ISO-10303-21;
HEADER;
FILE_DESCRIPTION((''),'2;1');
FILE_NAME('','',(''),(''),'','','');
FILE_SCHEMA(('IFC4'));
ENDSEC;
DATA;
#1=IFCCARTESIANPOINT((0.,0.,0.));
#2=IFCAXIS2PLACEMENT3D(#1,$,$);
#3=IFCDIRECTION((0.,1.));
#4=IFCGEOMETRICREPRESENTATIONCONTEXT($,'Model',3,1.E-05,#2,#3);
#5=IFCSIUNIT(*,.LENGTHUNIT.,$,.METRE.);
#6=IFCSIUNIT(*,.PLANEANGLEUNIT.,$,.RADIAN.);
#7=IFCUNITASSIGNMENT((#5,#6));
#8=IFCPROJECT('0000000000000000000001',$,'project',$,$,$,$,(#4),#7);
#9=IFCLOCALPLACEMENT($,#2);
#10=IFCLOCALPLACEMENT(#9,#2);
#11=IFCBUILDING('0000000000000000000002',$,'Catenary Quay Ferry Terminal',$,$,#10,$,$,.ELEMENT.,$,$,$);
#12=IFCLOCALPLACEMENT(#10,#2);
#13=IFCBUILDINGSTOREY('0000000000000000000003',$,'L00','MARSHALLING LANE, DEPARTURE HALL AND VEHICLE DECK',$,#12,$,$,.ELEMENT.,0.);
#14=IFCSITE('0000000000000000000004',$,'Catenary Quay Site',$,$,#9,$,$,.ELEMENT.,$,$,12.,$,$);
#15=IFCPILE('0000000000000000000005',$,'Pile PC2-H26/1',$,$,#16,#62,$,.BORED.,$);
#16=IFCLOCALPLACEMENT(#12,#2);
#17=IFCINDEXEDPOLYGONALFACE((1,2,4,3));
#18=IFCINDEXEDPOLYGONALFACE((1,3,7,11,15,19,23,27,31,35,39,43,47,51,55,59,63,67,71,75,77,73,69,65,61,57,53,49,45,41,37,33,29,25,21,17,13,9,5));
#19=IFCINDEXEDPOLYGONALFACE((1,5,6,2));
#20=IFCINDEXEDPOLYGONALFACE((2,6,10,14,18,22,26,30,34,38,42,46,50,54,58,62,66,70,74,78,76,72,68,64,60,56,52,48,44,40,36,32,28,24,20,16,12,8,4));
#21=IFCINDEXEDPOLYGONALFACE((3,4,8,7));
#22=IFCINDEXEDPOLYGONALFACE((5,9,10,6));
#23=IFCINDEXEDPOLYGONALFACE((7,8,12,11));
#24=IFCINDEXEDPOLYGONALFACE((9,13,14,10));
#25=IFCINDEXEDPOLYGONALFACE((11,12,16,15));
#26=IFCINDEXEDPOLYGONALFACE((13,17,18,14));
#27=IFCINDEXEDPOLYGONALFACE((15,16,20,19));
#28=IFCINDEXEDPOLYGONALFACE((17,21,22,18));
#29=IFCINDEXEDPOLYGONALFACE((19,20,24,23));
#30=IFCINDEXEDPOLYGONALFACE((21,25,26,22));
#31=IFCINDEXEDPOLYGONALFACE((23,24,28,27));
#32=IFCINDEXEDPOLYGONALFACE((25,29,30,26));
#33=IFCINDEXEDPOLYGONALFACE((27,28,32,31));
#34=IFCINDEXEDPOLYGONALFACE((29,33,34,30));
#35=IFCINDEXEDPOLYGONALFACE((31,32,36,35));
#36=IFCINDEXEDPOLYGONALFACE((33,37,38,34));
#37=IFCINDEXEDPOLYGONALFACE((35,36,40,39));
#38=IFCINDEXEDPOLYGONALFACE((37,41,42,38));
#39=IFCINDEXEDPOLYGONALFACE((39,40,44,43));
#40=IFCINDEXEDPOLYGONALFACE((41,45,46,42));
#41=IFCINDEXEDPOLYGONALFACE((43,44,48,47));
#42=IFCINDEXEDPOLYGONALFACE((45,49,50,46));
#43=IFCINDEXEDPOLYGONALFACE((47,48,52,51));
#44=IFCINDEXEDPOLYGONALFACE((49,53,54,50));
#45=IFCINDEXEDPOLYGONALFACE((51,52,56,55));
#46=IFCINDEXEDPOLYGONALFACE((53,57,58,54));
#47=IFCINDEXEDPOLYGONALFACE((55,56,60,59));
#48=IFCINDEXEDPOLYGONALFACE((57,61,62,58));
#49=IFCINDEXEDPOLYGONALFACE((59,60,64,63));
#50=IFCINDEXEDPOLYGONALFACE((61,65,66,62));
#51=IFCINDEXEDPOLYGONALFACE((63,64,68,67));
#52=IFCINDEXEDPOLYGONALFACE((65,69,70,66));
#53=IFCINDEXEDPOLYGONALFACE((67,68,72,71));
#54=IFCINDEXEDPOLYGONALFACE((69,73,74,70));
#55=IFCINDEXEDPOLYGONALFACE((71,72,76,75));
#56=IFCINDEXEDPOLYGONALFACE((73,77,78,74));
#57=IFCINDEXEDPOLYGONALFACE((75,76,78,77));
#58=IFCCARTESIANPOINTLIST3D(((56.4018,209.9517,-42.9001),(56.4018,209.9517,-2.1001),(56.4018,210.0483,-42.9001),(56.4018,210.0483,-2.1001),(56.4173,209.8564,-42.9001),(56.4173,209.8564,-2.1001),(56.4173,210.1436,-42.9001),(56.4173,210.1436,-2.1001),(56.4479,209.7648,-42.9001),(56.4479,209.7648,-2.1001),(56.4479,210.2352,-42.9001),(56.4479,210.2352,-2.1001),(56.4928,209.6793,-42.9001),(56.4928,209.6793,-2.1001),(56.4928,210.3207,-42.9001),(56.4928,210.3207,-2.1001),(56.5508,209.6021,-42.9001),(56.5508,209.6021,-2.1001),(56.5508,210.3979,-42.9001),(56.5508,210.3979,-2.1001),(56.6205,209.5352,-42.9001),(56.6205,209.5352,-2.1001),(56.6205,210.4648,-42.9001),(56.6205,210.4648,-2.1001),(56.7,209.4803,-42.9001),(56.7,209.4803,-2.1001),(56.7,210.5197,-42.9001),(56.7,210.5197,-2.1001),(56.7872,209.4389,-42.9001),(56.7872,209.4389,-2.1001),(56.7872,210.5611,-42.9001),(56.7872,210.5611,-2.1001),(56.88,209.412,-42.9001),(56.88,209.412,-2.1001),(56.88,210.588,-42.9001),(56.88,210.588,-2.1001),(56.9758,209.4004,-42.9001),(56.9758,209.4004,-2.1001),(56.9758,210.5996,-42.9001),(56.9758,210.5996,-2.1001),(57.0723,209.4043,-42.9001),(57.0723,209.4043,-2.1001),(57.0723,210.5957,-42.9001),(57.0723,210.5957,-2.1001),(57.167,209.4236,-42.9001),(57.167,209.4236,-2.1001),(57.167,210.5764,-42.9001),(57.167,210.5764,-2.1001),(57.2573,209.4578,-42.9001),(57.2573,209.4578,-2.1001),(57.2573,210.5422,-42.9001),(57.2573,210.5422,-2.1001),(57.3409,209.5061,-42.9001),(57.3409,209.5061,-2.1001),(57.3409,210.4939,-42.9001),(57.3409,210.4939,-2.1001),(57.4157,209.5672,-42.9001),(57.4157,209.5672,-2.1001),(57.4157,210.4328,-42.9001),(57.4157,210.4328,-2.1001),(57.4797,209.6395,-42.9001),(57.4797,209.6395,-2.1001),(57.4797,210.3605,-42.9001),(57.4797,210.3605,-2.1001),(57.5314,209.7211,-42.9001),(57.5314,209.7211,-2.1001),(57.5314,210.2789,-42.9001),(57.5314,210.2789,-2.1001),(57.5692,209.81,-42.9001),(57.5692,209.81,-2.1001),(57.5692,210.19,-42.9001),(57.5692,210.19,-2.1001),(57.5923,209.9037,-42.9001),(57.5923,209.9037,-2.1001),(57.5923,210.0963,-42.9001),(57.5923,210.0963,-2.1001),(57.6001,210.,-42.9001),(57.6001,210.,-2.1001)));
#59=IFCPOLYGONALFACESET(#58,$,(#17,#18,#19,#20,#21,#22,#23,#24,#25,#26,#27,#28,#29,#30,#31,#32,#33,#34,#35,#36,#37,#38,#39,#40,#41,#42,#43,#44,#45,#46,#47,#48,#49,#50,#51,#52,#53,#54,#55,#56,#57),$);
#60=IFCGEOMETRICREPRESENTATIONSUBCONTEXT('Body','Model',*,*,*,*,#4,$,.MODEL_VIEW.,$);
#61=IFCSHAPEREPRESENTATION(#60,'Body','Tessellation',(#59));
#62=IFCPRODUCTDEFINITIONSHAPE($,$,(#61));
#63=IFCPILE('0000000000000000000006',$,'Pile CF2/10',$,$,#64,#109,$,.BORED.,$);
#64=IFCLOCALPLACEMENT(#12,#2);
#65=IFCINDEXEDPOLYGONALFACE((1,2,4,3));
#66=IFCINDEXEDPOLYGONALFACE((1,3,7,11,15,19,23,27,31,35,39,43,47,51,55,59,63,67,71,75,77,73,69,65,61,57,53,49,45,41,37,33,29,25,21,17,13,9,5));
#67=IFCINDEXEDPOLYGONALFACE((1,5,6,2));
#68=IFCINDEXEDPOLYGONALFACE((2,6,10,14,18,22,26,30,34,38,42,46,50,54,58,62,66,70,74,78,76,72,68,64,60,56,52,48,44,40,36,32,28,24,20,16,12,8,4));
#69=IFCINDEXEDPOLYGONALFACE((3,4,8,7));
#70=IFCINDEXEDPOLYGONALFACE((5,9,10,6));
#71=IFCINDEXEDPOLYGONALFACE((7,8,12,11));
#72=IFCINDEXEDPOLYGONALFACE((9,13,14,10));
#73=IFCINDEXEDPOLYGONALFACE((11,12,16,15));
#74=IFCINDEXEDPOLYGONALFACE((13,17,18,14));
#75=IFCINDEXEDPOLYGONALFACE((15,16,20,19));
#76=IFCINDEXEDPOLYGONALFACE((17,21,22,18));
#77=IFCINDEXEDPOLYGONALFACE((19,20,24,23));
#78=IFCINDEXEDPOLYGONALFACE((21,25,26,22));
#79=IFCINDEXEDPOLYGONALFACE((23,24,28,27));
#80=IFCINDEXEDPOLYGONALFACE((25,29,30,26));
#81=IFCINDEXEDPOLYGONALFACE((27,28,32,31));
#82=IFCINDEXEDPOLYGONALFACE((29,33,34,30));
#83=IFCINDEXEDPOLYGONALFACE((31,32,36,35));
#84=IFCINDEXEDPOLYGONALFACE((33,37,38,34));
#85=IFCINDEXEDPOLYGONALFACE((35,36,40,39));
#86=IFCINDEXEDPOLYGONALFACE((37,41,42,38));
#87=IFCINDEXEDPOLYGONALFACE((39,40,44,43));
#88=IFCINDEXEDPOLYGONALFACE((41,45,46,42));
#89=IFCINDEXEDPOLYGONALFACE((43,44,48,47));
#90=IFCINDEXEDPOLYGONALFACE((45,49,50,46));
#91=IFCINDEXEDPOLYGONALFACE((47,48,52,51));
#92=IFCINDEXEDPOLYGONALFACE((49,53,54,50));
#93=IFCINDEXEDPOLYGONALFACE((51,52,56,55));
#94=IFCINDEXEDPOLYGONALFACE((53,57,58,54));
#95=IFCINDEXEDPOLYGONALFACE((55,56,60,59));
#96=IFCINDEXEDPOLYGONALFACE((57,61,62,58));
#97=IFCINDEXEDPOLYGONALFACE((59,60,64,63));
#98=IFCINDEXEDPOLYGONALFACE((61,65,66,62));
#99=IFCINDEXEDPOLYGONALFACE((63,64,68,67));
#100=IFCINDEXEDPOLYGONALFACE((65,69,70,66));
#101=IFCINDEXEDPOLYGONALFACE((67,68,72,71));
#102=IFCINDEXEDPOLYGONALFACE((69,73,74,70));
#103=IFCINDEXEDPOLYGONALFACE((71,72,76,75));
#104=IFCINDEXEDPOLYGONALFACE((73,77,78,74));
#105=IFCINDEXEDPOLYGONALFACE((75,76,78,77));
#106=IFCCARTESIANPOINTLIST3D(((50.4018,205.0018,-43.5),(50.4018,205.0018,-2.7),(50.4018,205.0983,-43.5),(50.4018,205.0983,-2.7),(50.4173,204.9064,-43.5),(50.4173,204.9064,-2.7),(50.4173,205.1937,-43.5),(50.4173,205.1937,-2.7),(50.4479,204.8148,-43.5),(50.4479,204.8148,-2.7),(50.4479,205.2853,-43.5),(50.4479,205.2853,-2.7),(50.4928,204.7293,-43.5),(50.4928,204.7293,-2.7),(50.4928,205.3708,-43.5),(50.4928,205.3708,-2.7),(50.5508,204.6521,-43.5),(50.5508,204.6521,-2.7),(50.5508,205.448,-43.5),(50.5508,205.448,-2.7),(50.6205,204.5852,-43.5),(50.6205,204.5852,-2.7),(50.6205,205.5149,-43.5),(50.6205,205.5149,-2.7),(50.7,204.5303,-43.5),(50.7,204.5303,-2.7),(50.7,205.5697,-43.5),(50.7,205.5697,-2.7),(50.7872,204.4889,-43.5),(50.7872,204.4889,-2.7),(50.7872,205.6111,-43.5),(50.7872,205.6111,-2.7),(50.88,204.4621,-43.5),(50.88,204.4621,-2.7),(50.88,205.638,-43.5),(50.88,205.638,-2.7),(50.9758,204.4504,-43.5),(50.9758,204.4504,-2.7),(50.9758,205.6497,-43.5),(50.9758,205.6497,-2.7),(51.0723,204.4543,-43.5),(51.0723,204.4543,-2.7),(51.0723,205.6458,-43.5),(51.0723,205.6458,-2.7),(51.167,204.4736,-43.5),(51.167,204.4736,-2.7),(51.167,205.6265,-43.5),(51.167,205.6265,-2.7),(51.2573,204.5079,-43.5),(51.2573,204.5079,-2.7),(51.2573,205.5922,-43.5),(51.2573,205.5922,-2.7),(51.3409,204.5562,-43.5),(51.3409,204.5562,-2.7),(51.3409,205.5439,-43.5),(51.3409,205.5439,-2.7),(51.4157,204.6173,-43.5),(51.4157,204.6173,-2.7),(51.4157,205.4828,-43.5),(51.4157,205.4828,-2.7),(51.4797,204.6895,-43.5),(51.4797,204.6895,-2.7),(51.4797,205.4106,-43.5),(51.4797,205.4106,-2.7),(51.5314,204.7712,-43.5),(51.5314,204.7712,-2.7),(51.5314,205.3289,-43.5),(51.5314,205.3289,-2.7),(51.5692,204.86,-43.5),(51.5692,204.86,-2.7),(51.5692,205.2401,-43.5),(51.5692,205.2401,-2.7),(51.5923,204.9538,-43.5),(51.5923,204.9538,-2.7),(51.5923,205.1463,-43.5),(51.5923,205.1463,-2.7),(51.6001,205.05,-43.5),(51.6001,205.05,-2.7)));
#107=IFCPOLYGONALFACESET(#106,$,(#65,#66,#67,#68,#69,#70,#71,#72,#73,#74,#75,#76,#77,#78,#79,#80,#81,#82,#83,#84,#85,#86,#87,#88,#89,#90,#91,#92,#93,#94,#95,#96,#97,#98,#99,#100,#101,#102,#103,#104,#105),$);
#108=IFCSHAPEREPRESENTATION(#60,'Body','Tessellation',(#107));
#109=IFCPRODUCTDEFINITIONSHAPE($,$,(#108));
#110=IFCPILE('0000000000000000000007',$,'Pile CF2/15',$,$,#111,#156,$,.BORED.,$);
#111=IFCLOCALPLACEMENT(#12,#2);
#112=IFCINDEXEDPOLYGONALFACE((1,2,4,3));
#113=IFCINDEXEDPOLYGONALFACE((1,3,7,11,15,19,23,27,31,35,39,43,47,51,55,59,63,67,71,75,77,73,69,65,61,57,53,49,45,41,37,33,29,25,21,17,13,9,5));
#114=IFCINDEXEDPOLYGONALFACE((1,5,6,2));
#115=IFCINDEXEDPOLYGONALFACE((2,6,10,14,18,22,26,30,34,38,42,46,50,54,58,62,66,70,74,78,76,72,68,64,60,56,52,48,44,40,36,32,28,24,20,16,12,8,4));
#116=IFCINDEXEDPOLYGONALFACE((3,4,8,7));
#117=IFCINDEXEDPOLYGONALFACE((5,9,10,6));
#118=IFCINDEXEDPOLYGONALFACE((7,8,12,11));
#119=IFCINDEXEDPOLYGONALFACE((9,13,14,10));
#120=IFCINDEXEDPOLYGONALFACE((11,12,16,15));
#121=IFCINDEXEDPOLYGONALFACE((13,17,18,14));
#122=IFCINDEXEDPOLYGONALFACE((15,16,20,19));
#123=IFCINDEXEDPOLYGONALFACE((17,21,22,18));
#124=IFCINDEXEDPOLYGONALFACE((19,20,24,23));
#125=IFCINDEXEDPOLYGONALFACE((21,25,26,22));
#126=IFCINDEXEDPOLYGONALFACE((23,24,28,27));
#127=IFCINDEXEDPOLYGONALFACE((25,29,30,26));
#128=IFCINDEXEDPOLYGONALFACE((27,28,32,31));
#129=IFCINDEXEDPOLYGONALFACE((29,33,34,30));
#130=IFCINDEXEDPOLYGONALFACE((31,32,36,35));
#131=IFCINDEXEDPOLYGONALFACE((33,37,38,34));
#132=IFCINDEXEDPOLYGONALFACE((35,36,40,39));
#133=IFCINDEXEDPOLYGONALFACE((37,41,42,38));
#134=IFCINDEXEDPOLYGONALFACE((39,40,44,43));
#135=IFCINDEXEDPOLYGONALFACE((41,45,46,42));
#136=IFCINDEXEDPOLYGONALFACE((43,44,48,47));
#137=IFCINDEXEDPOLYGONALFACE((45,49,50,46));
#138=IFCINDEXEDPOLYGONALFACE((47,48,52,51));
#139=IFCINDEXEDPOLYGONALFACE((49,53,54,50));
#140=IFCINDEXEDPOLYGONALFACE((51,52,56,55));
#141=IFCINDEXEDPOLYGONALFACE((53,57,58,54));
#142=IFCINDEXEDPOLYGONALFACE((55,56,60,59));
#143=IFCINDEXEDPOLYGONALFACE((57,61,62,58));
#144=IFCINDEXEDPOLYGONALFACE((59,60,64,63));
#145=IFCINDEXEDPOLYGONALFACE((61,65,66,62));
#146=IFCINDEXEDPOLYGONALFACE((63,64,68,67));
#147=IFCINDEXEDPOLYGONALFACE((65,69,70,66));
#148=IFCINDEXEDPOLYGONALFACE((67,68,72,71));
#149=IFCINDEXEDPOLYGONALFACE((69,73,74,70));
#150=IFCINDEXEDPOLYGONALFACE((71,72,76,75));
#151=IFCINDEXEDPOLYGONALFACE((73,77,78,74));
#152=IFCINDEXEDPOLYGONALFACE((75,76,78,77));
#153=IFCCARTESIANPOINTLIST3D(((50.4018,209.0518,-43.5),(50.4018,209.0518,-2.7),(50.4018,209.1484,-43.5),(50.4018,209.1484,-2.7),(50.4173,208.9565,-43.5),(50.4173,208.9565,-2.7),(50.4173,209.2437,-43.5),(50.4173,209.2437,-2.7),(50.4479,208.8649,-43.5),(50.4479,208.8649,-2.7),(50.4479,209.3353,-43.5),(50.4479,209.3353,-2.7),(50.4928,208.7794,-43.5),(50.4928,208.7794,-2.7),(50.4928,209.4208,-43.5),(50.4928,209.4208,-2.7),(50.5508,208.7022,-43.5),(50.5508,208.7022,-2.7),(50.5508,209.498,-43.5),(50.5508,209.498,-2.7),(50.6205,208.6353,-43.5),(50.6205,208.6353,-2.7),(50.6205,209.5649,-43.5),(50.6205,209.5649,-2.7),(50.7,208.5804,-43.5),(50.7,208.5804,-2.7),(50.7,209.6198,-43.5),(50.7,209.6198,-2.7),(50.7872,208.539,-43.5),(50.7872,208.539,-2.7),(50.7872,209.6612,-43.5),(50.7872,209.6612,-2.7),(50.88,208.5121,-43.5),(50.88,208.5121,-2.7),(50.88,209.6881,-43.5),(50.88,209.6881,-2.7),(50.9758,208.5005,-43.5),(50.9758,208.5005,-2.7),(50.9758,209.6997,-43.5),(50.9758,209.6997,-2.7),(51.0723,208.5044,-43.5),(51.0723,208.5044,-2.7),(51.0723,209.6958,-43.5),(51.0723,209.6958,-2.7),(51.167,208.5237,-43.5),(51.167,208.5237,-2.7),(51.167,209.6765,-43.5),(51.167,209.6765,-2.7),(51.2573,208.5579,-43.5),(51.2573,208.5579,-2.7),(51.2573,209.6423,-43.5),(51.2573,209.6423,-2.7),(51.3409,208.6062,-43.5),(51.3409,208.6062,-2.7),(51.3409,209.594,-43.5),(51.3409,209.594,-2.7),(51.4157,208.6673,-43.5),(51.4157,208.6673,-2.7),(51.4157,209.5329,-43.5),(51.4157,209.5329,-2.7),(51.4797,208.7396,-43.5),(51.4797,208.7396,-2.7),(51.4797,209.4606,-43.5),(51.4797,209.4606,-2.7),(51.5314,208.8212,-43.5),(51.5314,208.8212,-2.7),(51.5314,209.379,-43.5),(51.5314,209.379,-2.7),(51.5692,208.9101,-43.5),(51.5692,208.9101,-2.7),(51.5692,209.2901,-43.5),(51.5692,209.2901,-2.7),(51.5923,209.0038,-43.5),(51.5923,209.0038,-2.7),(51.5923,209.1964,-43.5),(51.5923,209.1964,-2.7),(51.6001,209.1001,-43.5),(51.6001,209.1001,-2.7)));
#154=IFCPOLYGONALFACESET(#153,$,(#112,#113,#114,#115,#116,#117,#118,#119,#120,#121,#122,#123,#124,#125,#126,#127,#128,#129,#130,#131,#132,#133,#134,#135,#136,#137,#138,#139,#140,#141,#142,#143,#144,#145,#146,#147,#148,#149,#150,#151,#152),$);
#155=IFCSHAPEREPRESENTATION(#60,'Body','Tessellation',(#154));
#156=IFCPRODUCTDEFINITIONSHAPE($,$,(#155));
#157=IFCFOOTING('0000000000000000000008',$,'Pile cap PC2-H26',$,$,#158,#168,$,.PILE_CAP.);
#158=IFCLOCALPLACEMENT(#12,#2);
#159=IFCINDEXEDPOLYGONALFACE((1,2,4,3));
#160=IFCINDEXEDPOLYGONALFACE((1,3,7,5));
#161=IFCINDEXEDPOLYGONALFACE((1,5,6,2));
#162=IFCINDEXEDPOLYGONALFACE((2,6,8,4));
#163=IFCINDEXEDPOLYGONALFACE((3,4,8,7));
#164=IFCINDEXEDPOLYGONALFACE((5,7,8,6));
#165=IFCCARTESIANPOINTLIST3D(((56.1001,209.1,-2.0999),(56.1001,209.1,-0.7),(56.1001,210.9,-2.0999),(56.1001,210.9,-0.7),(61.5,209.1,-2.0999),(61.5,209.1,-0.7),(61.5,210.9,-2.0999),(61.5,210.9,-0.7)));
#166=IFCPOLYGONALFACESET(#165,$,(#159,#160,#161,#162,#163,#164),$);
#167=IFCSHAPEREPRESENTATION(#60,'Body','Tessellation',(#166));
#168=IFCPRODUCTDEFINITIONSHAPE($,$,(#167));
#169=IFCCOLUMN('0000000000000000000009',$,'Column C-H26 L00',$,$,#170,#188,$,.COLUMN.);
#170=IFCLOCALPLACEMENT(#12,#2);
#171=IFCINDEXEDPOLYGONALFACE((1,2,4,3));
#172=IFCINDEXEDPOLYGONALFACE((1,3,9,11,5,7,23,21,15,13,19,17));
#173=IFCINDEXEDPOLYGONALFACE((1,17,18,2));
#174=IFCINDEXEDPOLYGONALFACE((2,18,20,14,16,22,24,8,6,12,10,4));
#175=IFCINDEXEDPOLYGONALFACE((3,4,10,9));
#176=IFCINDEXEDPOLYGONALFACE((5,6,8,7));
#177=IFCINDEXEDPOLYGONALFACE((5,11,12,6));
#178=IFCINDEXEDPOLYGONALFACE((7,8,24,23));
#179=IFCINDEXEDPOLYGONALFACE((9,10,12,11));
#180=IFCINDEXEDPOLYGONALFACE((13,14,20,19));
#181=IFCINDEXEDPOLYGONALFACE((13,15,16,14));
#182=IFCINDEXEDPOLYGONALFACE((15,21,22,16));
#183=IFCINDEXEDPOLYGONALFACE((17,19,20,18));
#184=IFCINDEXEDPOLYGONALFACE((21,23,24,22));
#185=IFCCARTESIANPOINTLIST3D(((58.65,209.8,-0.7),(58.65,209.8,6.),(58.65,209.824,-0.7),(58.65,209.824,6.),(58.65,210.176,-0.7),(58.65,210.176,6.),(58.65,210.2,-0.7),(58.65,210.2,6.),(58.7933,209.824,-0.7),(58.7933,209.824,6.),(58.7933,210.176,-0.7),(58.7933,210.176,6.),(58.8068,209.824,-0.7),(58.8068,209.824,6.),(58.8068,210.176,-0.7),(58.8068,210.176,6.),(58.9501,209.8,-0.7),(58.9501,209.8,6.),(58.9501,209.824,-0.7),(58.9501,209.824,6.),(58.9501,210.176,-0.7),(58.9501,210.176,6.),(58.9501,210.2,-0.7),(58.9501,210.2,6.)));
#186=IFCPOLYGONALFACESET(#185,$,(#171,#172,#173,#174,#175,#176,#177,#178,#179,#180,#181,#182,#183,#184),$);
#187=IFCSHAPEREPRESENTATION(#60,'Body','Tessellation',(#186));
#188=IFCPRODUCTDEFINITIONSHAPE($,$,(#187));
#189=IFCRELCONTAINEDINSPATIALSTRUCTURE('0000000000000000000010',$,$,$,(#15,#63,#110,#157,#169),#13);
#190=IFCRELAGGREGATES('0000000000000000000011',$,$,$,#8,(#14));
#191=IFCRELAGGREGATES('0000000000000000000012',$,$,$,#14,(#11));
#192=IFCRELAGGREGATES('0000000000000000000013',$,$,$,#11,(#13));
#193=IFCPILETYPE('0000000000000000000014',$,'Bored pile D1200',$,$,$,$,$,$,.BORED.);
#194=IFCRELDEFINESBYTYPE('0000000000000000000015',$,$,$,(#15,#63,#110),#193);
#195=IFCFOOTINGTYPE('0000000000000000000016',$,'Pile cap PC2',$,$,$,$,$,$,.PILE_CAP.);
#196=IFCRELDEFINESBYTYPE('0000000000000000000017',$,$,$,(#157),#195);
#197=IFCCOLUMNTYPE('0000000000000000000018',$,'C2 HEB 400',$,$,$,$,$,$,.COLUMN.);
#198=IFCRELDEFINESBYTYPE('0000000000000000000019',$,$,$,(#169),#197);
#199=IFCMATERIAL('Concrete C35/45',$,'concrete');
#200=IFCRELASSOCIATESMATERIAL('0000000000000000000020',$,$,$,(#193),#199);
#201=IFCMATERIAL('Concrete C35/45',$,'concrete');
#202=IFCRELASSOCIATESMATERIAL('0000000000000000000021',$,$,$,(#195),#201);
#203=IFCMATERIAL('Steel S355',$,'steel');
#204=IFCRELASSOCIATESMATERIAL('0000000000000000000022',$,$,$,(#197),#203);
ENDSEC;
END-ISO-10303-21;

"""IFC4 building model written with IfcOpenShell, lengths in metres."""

from ifc_helpers import new_model, si_unit, direction, frame, origin, origin_2d, place, context, subcontext, project, spatial, rectangle, circle, i_section, extrude, material, material_profile, profile_set, type_object, element, save


model = new_model("IFC4")

# Units and contexts
model_context = context("Model", 3, precision=1e-05, world=origin(), true_north=direction((0.0, 1.0)))
body_context = subcontext(model_context, "Body", "Model", "MODEL_VIEW")
ifc_project = project(units=[si_unit("LENGTHUNIT", "METRE"), si_unit("PLANEANGLEUNIT", "RADIAN")], contexts=[model_context])

# Site, building, storey
site_placement = place(None, origin())
site = spatial("IfcSite", under=ifc_project, at=site_placement, Name="Catenary Quay Site", CompositionType="ELEMENT", RefElevation=12.0)
building_placement = place(site_placement, origin())
building = spatial("IfcBuilding", under=site, at=building_placement, Name="Catenary Quay Ferry Terminal", CompositionType="ELEMENT")
storey_placement = place(building_placement, origin())
storey = spatial("IfcBuildingStorey", under=building, at=storey_placement, Name="L00", Description="MARSHALLING LANE, DEPARTURE HALL AND VEHICLE DECK", CompositionType="ELEMENT", Elevation=0.0)

# Piles
ifc_material_1 = material(Name="Concrete C35/45", Category="concrete")
ifc_material_profile_1 = material_profile(ifc_material_1, circle(Radius=0.6001, at=origin_2d()), Name="D1200")
ifc_profile_set_1 = profile_set([ifc_material_profile_1], Name="Concrete C35/45")
pile_type = type_object("IfcPileType", Name="Bored pile D1200", PredefinedType="BORED", material=ifc_profile_set_1)
for number, where, z_axis, x_axis, name in (
    (1, (57.0, 210.0, -2.1001), (0.0, 0.0, -1.0), (1.0, 0.0, 0.0), "Pile PC2-H26/1"),
    (2, (51.0, 205.05, -2.7), (0.0, 0.0, -1.0), (1.0, 0.0, 0.0), "Pile CF2/10"),
    (3, (51.0, 209.1001, -2.7), (0.0, 0.0, -1.0), (1.0, 0.0, 0.0), "Pile CF2/15"),
):
    element("IfcPile", number, at=place(storey_placement, frame(where, z_axis=z_axis, x_axis=x_axis)), inside=storey, type_object=pile_type, Name=name, PredefinedType="BORED", context=body_context, shape_type="SweptSolid", body=[
        extrude(circle(Radius=0.6001, at=origin_2d()), origin(), (0.0, 0.0, 1.0), 40.8),
    ])

# Footing
ifc_material_2 = material(Name="Concrete C35/45", Category="concrete")
footing_type = type_object("IfcFootingType", Name="Pile cap PC2", PredefinedType="PILE_CAP", material=ifc_material_2)
footing_placement = place(storey_placement, frame((58.8, 210.0, -2.0999), z_axis=(0.0, 0.0, 1.0), x_axis=(1.0, 0.0, 0.0)))
element("IfcFooting", 4, at=footing_placement, inside=storey, type_object=footing_type, Name="Pile cap PC2-H26", PredefinedType="PILE_CAP", context=body_context, shape_type="SweptSolid", body=[
    extrude(rectangle(XDim=5.3999, YDim=1.8, at=origin_2d()), origin(), (0.0, 0.0, 1.0), 1.3999),
])

# Column
ifc_material_3 = material(Name="Steel S355", Category="steel")
ifc_material_profile_2 = material_profile(ifc_material_3, i_section(OverallWidth=0.3, OverallDepth=0.3999, WebThickness=0.0134, FlangeThickness=0.0239, at=origin_2d()), Name="HEB 400")
ifc_profile_set_2 = profile_set([ifc_material_profile_2], Name="Steel S355")
column_type = type_object("IfcColumnType", Name="C2 HEB 400", PredefinedType="COLUMN", material=ifc_profile_set_2)
column_placement = place(storey_placement, frame((58.8, 210.0, -0.7), z_axis=(0.0, 0.0, 1.0), x_axis=(1.0, 0.0, 0.0)))
element("IfcColumn", 5, at=column_placement, inside=storey, type_object=column_type, Name="Column C-H26 L00", PredefinedType="COLUMN", context=body_context, shape_type="SweptSolid", body=[
    extrude(i_section(OverallWidth=0.3, OverallDepth=0.3999, WebThickness=0.0134, FlangeThickness=0.0239, at=origin_2d()), origin(), (0.0, 0.0, 1.0), 6.7),
])

save(model, "model.ifc")
